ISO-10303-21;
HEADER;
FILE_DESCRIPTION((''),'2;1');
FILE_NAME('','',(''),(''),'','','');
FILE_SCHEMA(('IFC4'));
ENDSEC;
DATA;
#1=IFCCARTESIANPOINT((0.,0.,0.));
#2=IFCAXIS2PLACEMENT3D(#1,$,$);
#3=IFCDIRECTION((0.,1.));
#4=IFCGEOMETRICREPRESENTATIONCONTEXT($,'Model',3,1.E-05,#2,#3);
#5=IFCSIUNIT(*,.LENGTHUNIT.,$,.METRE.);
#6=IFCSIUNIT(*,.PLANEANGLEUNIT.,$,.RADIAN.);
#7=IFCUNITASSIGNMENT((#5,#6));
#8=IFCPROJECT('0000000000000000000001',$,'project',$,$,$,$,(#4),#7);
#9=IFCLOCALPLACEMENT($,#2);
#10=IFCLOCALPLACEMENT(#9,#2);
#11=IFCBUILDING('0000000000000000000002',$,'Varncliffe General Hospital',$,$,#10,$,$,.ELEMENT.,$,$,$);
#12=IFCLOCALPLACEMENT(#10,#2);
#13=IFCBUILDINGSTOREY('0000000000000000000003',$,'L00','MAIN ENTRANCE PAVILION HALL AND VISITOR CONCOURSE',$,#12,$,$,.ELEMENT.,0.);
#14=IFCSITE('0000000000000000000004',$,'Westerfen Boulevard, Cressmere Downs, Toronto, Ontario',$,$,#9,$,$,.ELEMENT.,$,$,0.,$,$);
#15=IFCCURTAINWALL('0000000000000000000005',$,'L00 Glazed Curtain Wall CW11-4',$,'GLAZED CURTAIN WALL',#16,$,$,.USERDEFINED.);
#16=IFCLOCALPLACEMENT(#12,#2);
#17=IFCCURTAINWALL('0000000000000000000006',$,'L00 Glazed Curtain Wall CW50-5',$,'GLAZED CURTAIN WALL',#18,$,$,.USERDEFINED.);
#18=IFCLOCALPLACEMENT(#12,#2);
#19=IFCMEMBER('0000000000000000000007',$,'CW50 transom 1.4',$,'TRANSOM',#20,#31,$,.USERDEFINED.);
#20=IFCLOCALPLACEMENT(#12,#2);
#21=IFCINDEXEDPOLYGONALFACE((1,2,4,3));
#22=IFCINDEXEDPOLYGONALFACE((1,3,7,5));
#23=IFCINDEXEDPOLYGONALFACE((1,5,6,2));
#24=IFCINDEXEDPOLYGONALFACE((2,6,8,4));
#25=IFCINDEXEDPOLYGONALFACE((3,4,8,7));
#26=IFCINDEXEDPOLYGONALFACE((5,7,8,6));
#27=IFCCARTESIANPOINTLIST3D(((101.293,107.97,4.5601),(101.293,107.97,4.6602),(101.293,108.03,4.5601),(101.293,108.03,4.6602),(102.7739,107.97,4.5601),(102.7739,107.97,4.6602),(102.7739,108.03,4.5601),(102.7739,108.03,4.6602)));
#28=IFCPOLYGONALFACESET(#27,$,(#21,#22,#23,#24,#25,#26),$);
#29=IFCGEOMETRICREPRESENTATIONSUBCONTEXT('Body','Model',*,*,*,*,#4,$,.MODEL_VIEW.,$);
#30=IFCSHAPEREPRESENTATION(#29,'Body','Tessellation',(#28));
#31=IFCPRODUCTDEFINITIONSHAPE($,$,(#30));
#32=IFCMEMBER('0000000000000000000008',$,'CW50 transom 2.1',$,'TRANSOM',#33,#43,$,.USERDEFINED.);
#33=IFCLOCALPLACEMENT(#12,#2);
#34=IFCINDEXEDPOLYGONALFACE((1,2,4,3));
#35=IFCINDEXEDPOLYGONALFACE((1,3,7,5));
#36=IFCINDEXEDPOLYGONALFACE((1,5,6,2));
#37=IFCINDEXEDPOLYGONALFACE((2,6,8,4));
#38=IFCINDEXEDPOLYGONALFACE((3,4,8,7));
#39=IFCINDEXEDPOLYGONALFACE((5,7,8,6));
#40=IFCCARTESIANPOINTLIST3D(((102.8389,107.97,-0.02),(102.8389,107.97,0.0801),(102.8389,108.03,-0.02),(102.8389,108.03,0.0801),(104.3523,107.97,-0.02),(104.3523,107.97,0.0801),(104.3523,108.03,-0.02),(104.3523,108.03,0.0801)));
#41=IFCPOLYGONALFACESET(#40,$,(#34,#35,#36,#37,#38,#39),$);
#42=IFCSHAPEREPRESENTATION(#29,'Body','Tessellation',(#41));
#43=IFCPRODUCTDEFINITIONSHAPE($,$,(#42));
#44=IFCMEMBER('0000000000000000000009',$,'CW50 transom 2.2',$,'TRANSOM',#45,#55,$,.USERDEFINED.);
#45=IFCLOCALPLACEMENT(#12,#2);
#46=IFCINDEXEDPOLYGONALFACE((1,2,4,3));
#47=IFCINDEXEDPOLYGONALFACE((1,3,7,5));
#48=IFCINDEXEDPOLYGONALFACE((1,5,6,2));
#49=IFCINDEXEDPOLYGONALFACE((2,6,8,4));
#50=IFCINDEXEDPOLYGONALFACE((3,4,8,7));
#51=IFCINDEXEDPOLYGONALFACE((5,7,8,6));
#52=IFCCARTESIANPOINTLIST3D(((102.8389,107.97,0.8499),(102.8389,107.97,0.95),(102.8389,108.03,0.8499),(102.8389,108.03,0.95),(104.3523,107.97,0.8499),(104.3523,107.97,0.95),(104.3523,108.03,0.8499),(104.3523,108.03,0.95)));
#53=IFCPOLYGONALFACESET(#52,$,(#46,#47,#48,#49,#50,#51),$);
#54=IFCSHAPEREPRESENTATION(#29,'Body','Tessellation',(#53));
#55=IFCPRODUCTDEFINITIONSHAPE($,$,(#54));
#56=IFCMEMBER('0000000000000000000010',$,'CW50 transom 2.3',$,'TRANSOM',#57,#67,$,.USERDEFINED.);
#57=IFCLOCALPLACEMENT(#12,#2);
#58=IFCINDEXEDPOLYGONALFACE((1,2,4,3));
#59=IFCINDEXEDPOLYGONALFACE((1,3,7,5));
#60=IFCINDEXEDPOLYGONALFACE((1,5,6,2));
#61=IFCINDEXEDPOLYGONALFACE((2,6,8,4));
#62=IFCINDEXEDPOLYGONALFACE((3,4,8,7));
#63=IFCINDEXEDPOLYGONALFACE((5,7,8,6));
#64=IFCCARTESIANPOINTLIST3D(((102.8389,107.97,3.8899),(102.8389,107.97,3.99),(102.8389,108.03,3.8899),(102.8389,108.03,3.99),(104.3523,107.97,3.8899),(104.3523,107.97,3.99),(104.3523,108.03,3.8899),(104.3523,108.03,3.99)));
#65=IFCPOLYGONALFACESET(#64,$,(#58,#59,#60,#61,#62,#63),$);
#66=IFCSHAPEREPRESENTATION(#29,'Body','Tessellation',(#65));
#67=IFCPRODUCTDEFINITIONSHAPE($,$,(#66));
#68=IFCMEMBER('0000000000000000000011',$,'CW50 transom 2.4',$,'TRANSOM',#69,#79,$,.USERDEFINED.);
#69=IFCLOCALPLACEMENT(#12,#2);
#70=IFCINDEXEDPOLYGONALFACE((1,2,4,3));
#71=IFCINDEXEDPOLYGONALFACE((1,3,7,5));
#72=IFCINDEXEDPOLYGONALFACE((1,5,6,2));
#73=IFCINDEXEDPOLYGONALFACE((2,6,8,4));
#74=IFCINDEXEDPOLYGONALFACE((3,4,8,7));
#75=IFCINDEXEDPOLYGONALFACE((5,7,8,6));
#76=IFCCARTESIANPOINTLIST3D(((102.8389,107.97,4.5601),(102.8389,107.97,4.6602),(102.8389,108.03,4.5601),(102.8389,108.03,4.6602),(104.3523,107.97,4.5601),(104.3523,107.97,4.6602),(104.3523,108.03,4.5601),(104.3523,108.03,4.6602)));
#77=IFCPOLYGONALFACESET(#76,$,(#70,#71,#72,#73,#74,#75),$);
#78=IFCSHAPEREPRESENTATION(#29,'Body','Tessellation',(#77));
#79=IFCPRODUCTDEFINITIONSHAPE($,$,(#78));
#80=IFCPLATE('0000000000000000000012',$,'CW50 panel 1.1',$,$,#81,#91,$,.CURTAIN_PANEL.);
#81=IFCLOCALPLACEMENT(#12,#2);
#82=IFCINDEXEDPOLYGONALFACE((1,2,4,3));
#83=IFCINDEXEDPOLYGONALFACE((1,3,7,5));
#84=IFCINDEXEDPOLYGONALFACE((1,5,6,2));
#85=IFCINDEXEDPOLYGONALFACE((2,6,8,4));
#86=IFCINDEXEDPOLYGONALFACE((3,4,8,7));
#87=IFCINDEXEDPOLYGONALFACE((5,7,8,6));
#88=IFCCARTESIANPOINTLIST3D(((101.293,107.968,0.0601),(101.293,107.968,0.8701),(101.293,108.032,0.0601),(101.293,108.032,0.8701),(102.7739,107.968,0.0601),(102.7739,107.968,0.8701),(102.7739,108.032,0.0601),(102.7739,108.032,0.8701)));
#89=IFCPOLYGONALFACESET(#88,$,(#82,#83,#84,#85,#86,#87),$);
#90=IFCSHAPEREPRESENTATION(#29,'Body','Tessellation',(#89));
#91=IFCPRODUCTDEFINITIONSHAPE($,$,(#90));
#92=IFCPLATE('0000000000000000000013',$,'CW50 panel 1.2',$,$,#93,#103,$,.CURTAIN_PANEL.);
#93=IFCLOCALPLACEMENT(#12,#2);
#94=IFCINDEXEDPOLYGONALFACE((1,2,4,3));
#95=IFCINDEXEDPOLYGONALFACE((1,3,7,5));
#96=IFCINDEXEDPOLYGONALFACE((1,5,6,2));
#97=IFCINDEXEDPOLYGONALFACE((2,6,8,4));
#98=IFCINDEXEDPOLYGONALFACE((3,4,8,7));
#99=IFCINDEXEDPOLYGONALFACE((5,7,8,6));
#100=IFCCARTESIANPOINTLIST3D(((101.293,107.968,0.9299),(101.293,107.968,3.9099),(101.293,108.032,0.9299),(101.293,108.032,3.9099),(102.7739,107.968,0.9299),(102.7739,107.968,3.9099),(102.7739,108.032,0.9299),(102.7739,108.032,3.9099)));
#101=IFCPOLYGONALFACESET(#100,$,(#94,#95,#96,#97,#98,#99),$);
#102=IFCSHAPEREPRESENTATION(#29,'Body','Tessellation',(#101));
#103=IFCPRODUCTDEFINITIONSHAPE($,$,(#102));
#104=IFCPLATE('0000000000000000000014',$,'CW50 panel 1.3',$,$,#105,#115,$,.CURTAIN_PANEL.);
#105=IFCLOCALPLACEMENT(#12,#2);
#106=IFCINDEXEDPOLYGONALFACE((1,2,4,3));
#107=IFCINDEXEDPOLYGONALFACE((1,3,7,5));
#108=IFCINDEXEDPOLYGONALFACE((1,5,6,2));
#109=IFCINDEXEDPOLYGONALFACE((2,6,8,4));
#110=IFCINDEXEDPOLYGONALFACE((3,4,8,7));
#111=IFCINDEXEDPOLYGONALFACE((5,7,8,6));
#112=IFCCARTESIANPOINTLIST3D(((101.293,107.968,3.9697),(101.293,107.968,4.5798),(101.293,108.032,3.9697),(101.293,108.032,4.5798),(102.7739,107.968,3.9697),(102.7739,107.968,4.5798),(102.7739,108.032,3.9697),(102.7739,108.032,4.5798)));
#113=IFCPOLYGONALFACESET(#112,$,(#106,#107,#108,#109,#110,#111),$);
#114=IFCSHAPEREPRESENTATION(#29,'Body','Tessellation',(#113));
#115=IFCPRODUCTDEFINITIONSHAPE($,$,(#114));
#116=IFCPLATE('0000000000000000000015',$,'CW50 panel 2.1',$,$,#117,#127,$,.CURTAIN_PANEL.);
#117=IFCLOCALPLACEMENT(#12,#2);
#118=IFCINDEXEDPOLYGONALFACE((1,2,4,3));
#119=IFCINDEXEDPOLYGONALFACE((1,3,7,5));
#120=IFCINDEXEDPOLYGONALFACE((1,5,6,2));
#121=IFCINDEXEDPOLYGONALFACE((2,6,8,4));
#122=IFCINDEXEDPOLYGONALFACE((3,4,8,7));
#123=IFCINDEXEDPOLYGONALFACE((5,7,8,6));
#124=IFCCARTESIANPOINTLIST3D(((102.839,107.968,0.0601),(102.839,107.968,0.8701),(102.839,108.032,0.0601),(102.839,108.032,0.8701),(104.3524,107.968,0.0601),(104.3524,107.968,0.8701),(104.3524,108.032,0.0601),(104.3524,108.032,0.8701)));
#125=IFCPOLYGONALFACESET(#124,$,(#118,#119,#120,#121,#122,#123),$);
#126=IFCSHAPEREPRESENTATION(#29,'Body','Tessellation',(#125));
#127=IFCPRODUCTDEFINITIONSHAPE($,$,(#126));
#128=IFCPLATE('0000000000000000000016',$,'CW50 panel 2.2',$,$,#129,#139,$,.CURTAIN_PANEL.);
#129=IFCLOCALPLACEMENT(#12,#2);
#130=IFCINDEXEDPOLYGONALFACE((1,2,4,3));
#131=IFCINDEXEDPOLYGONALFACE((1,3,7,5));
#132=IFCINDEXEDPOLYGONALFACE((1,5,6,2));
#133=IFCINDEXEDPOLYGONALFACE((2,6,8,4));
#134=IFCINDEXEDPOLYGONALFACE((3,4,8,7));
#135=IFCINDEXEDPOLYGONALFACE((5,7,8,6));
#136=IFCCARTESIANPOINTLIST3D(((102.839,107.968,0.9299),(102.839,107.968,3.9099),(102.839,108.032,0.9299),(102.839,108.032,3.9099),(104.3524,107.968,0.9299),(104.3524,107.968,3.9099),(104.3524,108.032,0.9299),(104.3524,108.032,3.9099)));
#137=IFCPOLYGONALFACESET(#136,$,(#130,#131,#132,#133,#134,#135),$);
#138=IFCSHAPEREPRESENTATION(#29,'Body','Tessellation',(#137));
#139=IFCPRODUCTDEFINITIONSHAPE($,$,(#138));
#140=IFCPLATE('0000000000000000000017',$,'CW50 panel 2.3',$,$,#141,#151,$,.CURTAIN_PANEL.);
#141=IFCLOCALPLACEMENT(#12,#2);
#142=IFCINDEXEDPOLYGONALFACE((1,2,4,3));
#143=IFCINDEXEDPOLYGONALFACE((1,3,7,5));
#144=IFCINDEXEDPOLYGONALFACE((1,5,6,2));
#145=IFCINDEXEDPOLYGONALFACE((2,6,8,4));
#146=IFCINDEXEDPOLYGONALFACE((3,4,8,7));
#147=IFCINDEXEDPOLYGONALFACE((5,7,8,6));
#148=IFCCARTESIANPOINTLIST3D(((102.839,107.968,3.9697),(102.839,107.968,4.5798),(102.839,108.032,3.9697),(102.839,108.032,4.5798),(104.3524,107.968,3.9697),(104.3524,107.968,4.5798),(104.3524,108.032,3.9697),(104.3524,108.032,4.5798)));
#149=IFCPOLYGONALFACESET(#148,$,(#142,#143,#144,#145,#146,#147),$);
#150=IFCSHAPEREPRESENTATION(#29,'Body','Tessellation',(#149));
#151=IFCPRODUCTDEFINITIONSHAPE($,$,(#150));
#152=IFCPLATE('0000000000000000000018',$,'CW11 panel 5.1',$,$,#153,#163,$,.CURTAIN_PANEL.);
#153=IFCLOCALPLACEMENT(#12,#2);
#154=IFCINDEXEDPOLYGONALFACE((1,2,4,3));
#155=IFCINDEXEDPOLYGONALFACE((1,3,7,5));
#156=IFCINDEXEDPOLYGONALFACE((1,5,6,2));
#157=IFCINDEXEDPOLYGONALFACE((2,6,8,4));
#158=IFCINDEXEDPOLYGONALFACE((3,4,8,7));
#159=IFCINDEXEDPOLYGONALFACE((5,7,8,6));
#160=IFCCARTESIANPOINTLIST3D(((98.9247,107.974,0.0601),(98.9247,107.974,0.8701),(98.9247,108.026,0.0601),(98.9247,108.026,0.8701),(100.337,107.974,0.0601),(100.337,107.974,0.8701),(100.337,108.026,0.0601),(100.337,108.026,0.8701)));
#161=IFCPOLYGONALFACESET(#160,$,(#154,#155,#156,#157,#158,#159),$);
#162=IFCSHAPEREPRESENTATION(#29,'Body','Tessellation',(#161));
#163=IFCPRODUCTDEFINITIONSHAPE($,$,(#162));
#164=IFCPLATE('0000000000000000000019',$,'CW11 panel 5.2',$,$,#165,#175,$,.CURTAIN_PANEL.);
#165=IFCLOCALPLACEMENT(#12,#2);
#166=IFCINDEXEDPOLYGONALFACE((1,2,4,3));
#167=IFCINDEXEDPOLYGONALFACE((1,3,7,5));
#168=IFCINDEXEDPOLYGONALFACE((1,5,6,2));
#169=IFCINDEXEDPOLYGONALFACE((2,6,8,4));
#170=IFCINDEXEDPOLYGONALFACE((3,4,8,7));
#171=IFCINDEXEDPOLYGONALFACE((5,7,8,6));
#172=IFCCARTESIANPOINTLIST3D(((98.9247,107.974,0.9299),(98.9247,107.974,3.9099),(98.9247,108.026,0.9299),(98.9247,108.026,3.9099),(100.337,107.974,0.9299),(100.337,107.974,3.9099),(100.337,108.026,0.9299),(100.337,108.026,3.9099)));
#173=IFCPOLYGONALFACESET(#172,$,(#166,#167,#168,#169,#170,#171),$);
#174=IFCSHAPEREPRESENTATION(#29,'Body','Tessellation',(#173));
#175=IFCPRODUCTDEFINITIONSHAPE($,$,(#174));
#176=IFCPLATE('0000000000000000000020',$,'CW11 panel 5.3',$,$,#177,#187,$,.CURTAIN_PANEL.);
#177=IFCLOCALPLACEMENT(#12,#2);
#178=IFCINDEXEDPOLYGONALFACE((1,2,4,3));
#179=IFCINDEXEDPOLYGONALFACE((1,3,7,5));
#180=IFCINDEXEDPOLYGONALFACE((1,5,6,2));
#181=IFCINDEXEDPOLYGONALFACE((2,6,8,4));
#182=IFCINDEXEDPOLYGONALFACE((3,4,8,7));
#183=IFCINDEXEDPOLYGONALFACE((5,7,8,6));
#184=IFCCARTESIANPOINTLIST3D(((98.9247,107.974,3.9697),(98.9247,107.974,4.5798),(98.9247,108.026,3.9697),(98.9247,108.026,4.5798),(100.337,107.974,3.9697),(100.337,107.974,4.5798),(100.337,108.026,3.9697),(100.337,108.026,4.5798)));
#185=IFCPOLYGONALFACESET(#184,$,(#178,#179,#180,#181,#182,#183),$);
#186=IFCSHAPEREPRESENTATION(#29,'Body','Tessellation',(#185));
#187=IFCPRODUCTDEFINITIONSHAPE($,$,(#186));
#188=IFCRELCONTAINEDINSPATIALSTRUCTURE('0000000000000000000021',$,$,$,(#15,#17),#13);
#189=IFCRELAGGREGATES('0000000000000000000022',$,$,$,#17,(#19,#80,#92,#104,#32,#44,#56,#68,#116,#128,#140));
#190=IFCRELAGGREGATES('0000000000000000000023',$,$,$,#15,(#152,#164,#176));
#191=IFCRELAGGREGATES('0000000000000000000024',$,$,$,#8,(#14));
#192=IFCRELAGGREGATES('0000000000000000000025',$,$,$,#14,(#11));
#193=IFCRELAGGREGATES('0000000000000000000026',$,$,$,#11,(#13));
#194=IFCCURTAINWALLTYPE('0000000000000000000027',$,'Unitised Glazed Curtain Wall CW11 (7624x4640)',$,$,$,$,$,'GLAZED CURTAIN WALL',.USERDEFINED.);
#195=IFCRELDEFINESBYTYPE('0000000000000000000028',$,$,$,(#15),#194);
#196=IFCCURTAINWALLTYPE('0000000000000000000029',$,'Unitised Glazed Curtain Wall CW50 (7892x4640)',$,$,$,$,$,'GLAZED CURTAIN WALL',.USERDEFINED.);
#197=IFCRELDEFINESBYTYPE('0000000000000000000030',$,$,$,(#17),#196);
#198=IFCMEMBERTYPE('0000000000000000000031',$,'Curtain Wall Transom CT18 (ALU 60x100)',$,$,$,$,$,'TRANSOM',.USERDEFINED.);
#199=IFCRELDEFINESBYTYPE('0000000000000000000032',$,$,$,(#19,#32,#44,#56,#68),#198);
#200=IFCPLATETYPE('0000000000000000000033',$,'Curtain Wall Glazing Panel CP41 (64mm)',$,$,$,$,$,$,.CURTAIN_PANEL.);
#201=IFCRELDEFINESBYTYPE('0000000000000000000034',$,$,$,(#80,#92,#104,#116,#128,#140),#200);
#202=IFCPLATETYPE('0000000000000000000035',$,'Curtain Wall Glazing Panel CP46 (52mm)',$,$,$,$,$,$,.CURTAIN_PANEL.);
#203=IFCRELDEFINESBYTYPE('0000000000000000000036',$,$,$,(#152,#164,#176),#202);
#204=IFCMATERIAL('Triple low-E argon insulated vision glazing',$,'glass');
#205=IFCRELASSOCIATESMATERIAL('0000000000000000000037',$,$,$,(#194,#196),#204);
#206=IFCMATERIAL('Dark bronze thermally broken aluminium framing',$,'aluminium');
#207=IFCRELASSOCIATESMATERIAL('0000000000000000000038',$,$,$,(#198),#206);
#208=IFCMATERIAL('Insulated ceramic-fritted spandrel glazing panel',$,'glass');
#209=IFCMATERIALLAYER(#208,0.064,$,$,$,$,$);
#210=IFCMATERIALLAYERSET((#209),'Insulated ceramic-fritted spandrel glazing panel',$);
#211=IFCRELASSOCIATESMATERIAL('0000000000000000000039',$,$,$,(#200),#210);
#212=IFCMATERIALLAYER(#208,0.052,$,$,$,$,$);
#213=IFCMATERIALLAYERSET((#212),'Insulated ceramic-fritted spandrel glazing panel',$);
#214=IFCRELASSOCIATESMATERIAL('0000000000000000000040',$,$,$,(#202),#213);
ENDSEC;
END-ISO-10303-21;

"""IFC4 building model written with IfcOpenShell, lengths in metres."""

from ifc_helpers import new_model, si_unit, direction, frame, origin, origin_2d, place, context, subcontext, project, spatial, rectangle, extrude, material, layer, layer_set, material_profile, profile_set, type_object, element, aggregate, save


model = new_model("IFC4")

# Units and contexts
model_context = context("Model", 3, precision=1e-05, world=origin(), true_north=direction((0.0, 1.0)))
body_context = subcontext(model_context, "Body", "Model", "MODEL_VIEW")
ifc_project = project(units=[si_unit("LENGTHUNIT", "METRE"), si_unit("PLANEANGLEUNIT", "RADIAN")], contexts=[model_context])

# Site, building, storey
site_placement = place(None, origin())
site = spatial("IfcSite", under=ifc_project, at=site_placement, Name="Westerfen Boulevard, Cressmere Downs, Toronto, Ontario", CompositionType="ELEMENT", RefElevation=0.0)
building_placement = place(site_placement, origin())
building = spatial("IfcBuilding", under=site, at=building_placement, Name="Varncliffe General Hospital", CompositionType="ELEMENT")
storey_placement = place(building_placement, origin())
storey = spatial("IfcBuildingStorey", under=building, at=storey_placement, Name="L00", Description="MAIN ENTRANCE PAVILION HALL AND VISITOR CONCOURSE", CompositionType="ELEMENT", Elevation=0.0)

# Curtain wall
ifc_material_1 = material(Name="Triple low-E argon insulated vision glazing", Category="glass")
curtain_wall_type_1 = type_object("IfcCurtainWallType", Name="Unitised Glazed Curtain Wall CW11 (7624x4640)", ElementType="GLAZED CURTAIN WALL", PredefinedType="USERDEFINED", material=ifc_material_1)
curtain_wall_1_placement = place(storey_placement, origin())
curtain_wall_1 = element("IfcCurtainWall", 1, at=curtain_wall_1_placement, inside=storey, type_object=curtain_wall_type_1, Name="L00 Glazed Curtain Wall CW11-4", ObjectType="GLAZED CURTAIN WALL", PredefinedType="USERDEFINED")
ifc_material_2 = material(Name="Dark bronze thermally broken aluminium framing", Category="aluminium")

# Curtain wall
curtain_wall_type_2 = type_object("IfcCurtainWallType", Name="Unitised Glazed Curtain Wall CW50 (7892x4640)", ElementType="GLAZED CURTAIN WALL", PredefinedType="USERDEFINED", material=ifc_material_1)
curtain_wall_2_placement = place(storey_placement, origin())
curtain_wall_2 = element("IfcCurtainWall", 2, at=curtain_wall_2_placement, inside=storey, type_object=curtain_wall_type_2, Name="L00 Glazed Curtain Wall CW50-5", ObjectType="GLAZED CURTAIN WALL", PredefinedType="USERDEFINED")

# Members
ifc_material_profile_1 = material_profile(ifc_material_2, rectangle(XDim=0.0601, YDim=0.1001, at=origin_2d()), Name="ALU 60x100")
ifc_profile_set_1 = profile_set([ifc_material_profile_1], Name="Dark bronze thermally broken aluminium framing")
member_type_1 = type_object("IfcMemberType", Name="Curtain Wall Transom CT18 (ALU 60x100)", ElementType="TRANSOM", PredefinedType="USERDEFINED", material=ifc_profile_set_1)
member_1_placement = place(storey_placement, frame((101.293, 108.0, 4.6101), z_axis=(1.0, 0.0, 0.0), x_axis=(0.0, 1.0, 0.0)))
member_1 = element("IfcMember", 3, at=member_1_placement, type_object=member_type_1, Name="CW50 transom 1.4", ObjectType="TRANSOM", PredefinedType="USERDEFINED", context=body_context, shape_type="SweptSolid", body=[
    extrude(rectangle(XDim=0.0601, YDim=0.1001, at=origin_2d()), origin(), (0.0, 0.0, 1.0), 1.481),
])
member_2_placement = place(storey_placement, frame((102.8389, 108.0, 0.03), z_axis=(1.0, 0.0, 0.0), x_axis=(0.0, 1.0, 0.0)))
member_2 = element("IfcMember", 4, at=member_2_placement, type_object=member_type_1, Name="CW50 transom 2.1", ObjectType="TRANSOM", PredefinedType="USERDEFINED", context=body_context, shape_type="SweptSolid", body=[
    extrude(rectangle(XDim=0.0601, YDim=0.1001, at=origin_2d()), origin(), (0.0, 0.0, 1.0), 1.5134),
])
member_3_placement = place(storey_placement, frame((102.8389, 108.0, 0.8999), z_axis=(1.0, 0.0, 0.0), x_axis=(0.0, 1.0, 0.0)))
member_3 = element("IfcMember", 5, at=member_3_placement, type_object=member_type_1, Name="CW50 transom 2.2", ObjectType="TRANSOM", PredefinedType="USERDEFINED", context=body_context, shape_type="SweptSolid", body=[
    extrude(rectangle(XDim=0.0601, YDim=0.1001, at=origin_2d()), origin(), (0.0, 0.0, 1.0), 1.5134),
])
member_4_placement = place(storey_placement, frame((102.8389, 108.0, 3.9399), z_axis=(1.0, 0.0, 0.0), x_axis=(0.0, 1.0, 0.0)))
member_4 = element("IfcMember", 6, at=member_4_placement, type_object=member_type_1, Name="CW50 transom 2.3", ObjectType="TRANSOM", PredefinedType="USERDEFINED", context=body_context, shape_type="SweptSolid", body=[
    extrude(rectangle(XDim=0.0601, YDim=0.1001, at=origin_2d()), origin(), (0.0, 0.0, 1.0), 1.5134),
])
member_5_placement = place(storey_placement, frame((102.8389, 108.0, 4.6101), z_axis=(1.0, 0.0, 0.0), x_axis=(0.0, 1.0, 0.0)))
member_5 = element("IfcMember", 7, at=member_5_placement, type_object=member_type_1, Name="CW50 transom 2.4", ObjectType="TRANSOM", PredefinedType="USERDEFINED", context=body_context, shape_type="SweptSolid", body=[
    extrude(rectangle(XDim=0.0601, YDim=0.1001, at=origin_2d()), origin(), (0.0, 0.0, 1.0), 1.5134),
])

# Plates
ifc_material_3 = material(Name="Insulated ceramic-fritted spandrel glazing panel", Category="glass")
ifc_layer_1 = layer(ifc_material_3, 0.064)
ifc_layer_set_1 = layer_set([ifc_layer_1], Name="Insulated ceramic-fritted spandrel glazing panel")
plate_type_1 = type_object("IfcPlateType", Name="Curtain Wall Glazing Panel CP41 (64mm)", PredefinedType="CURTAIN_PANEL", material=ifc_layer_set_1)
plate_1_placement = place(storey_placement, frame((102.0334, 108.0, 0.0601), z_axis=(0.0, 0.0, 1.0), x_axis=(1.0, 0.0, 0.0)))
plate_1 = element("IfcPlate", 8, at=plate_1_placement, type_object=plate_type_1, Name="CW50 panel 1.1", PredefinedType="CURTAIN_PANEL", context=body_context, shape_type="SweptSolid", body=[
    extrude(rectangle(XDim=1.481, YDim=0.064, at=origin_2d()), origin(), (0.0, 0.0, 1.0), 0.8101),
])
plate_2_placement = place(storey_placement, frame((102.0334, 108.0, 0.9299), z_axis=(0.0, 0.0, 1.0), x_axis=(1.0, 0.0, 0.0)))
plate_2 = element("IfcPlate", 9, at=plate_2_placement, type_object=plate_type_1, Name="CW50 panel 1.2", PredefinedType="CURTAIN_PANEL", context=body_context, shape_type="SweptSolid", body=[
    extrude(rectangle(XDim=1.481, YDim=0.064, at=origin_2d()), origin(), (0.0, 0.0, 1.0), 2.98),
])
plate_3_placement = place(storey_placement, frame((102.0334, 108.0, 3.9697), z_axis=(0.0, 0.0, 1.0), x_axis=(1.0, 0.0, 0.0)))
plate_3 = element("IfcPlate", 10, at=plate_3_placement, type_object=plate_type_1, Name="CW50 panel 1.3", PredefinedType="CURTAIN_PANEL", context=body_context, shape_type="SweptSolid", body=[
    extrude(rectangle(XDim=1.481, YDim=0.064, at=origin_2d()), origin(), (0.0, 0.0, 1.0), 0.6101),
])
plate_4_placement = place(storey_placement, frame((103.5957, 108.0, 0.0601), z_axis=(0.0, 0.0, 1.0), x_axis=(1.0, 0.0, 0.0)))
plate_4 = element("IfcPlate", 11, at=plate_4_placement, type_object=plate_type_1, Name="CW50 panel 2.1", PredefinedType="CURTAIN_PANEL", context=body_context, shape_type="SweptSolid", body=[
    extrude(rectangle(XDim=1.5134, YDim=0.064, at=origin_2d()), origin(), (0.0, 0.0, 1.0), 0.8101),
])
plate_5_placement = place(storey_placement, frame((103.5957, 108.0, 0.9299), z_axis=(0.0, 0.0, 1.0), x_axis=(1.0, 0.0, 0.0)))
plate_5 = element("IfcPlate", 12, at=plate_5_placement, type_object=plate_type_1, Name="CW50 panel 2.2", PredefinedType="CURTAIN_PANEL", context=body_context, shape_type="SweptSolid", body=[
    extrude(rectangle(XDim=1.5134, YDim=0.064, at=origin_2d()), origin(), (0.0, 0.0, 1.0), 2.98),
])
plate_6_placement = place(storey_placement, frame((103.5957, 108.0, 3.9697), z_axis=(0.0, 0.0, 1.0), x_axis=(1.0, 0.0, 0.0)))
plate_6 = element("IfcPlate", 13, at=plate_6_placement, type_object=plate_type_1, Name="CW50 panel 2.3", PredefinedType="CURTAIN_PANEL", context=body_context, shape_type="SweptSolid", body=[
    extrude(rectangle(XDim=1.5134, YDim=0.064, at=origin_2d()), origin(), (0.0, 0.0, 1.0), 0.6101),
])
aggregate(curtain_wall_2, [member_1, plate_1, plate_2, plate_3, member_2, member_3, member_4, member_5, plate_4, plate_5, plate_6])
ifc_layer_2 = layer(ifc_material_3, 0.052)
ifc_layer_set_2 = layer_set([ifc_layer_2], Name="Insulated ceramic-fritted spandrel glazing panel")
plate_type_2 = type_object("IfcPlateType", Name="Curtain Wall Glazing Panel CP46 (52mm)", PredefinedType="CURTAIN_PANEL", material=ifc_layer_set_2)
plate_7_placement = place(storey_placement, frame((99.6309, 108.0, 0.0601), z_axis=(0.0, 0.0, 1.0), x_axis=(1.0, 0.0, 0.0)))
plate_7 = element("IfcPlate", 14, at=plate_7_placement, type_object=plate_type_2, Name="CW11 panel 5.1", PredefinedType="CURTAIN_PANEL", context=body_context, shape_type="SweptSolid", body=[
    extrude(rectangle(XDim=1.4124, YDim=0.052, at=origin_2d()), origin(), (0.0, 0.0, 1.0), 0.8101),
])
plate_8_placement = place(storey_placement, frame((99.6309, 108.0, 0.9299), z_axis=(0.0, 0.0, 1.0), x_axis=(1.0, 0.0, 0.0)))
plate_8 = element("IfcPlate", 15, at=plate_8_placement, type_object=plate_type_2, Name="CW11 panel 5.2", PredefinedType="CURTAIN_PANEL", context=body_context, shape_type="SweptSolid", body=[
    extrude(rectangle(XDim=1.4124, YDim=0.052, at=origin_2d()), origin(), (0.0, 0.0, 1.0), 2.98),
])
plate_9_placement = place(storey_placement, frame((99.6309, 108.0, 3.9697), z_axis=(0.0, 0.0, 1.0), x_axis=(1.0, 0.0, 0.0)))
plate_9 = element("IfcPlate", 16, at=plate_9_placement, type_object=plate_type_2, Name="CW11 panel 5.3", PredefinedType="CURTAIN_PANEL", context=body_context, shape_type="SweptSolid", body=[
    extrude(rectangle(XDim=1.4124, YDim=0.052, at=origin_2d()), origin(), (0.0, 0.0, 1.0), 0.6101),
])
aggregate(curtain_wall_1, [plate_7, plate_8, plate_9])

save(model, "model.ifc")
